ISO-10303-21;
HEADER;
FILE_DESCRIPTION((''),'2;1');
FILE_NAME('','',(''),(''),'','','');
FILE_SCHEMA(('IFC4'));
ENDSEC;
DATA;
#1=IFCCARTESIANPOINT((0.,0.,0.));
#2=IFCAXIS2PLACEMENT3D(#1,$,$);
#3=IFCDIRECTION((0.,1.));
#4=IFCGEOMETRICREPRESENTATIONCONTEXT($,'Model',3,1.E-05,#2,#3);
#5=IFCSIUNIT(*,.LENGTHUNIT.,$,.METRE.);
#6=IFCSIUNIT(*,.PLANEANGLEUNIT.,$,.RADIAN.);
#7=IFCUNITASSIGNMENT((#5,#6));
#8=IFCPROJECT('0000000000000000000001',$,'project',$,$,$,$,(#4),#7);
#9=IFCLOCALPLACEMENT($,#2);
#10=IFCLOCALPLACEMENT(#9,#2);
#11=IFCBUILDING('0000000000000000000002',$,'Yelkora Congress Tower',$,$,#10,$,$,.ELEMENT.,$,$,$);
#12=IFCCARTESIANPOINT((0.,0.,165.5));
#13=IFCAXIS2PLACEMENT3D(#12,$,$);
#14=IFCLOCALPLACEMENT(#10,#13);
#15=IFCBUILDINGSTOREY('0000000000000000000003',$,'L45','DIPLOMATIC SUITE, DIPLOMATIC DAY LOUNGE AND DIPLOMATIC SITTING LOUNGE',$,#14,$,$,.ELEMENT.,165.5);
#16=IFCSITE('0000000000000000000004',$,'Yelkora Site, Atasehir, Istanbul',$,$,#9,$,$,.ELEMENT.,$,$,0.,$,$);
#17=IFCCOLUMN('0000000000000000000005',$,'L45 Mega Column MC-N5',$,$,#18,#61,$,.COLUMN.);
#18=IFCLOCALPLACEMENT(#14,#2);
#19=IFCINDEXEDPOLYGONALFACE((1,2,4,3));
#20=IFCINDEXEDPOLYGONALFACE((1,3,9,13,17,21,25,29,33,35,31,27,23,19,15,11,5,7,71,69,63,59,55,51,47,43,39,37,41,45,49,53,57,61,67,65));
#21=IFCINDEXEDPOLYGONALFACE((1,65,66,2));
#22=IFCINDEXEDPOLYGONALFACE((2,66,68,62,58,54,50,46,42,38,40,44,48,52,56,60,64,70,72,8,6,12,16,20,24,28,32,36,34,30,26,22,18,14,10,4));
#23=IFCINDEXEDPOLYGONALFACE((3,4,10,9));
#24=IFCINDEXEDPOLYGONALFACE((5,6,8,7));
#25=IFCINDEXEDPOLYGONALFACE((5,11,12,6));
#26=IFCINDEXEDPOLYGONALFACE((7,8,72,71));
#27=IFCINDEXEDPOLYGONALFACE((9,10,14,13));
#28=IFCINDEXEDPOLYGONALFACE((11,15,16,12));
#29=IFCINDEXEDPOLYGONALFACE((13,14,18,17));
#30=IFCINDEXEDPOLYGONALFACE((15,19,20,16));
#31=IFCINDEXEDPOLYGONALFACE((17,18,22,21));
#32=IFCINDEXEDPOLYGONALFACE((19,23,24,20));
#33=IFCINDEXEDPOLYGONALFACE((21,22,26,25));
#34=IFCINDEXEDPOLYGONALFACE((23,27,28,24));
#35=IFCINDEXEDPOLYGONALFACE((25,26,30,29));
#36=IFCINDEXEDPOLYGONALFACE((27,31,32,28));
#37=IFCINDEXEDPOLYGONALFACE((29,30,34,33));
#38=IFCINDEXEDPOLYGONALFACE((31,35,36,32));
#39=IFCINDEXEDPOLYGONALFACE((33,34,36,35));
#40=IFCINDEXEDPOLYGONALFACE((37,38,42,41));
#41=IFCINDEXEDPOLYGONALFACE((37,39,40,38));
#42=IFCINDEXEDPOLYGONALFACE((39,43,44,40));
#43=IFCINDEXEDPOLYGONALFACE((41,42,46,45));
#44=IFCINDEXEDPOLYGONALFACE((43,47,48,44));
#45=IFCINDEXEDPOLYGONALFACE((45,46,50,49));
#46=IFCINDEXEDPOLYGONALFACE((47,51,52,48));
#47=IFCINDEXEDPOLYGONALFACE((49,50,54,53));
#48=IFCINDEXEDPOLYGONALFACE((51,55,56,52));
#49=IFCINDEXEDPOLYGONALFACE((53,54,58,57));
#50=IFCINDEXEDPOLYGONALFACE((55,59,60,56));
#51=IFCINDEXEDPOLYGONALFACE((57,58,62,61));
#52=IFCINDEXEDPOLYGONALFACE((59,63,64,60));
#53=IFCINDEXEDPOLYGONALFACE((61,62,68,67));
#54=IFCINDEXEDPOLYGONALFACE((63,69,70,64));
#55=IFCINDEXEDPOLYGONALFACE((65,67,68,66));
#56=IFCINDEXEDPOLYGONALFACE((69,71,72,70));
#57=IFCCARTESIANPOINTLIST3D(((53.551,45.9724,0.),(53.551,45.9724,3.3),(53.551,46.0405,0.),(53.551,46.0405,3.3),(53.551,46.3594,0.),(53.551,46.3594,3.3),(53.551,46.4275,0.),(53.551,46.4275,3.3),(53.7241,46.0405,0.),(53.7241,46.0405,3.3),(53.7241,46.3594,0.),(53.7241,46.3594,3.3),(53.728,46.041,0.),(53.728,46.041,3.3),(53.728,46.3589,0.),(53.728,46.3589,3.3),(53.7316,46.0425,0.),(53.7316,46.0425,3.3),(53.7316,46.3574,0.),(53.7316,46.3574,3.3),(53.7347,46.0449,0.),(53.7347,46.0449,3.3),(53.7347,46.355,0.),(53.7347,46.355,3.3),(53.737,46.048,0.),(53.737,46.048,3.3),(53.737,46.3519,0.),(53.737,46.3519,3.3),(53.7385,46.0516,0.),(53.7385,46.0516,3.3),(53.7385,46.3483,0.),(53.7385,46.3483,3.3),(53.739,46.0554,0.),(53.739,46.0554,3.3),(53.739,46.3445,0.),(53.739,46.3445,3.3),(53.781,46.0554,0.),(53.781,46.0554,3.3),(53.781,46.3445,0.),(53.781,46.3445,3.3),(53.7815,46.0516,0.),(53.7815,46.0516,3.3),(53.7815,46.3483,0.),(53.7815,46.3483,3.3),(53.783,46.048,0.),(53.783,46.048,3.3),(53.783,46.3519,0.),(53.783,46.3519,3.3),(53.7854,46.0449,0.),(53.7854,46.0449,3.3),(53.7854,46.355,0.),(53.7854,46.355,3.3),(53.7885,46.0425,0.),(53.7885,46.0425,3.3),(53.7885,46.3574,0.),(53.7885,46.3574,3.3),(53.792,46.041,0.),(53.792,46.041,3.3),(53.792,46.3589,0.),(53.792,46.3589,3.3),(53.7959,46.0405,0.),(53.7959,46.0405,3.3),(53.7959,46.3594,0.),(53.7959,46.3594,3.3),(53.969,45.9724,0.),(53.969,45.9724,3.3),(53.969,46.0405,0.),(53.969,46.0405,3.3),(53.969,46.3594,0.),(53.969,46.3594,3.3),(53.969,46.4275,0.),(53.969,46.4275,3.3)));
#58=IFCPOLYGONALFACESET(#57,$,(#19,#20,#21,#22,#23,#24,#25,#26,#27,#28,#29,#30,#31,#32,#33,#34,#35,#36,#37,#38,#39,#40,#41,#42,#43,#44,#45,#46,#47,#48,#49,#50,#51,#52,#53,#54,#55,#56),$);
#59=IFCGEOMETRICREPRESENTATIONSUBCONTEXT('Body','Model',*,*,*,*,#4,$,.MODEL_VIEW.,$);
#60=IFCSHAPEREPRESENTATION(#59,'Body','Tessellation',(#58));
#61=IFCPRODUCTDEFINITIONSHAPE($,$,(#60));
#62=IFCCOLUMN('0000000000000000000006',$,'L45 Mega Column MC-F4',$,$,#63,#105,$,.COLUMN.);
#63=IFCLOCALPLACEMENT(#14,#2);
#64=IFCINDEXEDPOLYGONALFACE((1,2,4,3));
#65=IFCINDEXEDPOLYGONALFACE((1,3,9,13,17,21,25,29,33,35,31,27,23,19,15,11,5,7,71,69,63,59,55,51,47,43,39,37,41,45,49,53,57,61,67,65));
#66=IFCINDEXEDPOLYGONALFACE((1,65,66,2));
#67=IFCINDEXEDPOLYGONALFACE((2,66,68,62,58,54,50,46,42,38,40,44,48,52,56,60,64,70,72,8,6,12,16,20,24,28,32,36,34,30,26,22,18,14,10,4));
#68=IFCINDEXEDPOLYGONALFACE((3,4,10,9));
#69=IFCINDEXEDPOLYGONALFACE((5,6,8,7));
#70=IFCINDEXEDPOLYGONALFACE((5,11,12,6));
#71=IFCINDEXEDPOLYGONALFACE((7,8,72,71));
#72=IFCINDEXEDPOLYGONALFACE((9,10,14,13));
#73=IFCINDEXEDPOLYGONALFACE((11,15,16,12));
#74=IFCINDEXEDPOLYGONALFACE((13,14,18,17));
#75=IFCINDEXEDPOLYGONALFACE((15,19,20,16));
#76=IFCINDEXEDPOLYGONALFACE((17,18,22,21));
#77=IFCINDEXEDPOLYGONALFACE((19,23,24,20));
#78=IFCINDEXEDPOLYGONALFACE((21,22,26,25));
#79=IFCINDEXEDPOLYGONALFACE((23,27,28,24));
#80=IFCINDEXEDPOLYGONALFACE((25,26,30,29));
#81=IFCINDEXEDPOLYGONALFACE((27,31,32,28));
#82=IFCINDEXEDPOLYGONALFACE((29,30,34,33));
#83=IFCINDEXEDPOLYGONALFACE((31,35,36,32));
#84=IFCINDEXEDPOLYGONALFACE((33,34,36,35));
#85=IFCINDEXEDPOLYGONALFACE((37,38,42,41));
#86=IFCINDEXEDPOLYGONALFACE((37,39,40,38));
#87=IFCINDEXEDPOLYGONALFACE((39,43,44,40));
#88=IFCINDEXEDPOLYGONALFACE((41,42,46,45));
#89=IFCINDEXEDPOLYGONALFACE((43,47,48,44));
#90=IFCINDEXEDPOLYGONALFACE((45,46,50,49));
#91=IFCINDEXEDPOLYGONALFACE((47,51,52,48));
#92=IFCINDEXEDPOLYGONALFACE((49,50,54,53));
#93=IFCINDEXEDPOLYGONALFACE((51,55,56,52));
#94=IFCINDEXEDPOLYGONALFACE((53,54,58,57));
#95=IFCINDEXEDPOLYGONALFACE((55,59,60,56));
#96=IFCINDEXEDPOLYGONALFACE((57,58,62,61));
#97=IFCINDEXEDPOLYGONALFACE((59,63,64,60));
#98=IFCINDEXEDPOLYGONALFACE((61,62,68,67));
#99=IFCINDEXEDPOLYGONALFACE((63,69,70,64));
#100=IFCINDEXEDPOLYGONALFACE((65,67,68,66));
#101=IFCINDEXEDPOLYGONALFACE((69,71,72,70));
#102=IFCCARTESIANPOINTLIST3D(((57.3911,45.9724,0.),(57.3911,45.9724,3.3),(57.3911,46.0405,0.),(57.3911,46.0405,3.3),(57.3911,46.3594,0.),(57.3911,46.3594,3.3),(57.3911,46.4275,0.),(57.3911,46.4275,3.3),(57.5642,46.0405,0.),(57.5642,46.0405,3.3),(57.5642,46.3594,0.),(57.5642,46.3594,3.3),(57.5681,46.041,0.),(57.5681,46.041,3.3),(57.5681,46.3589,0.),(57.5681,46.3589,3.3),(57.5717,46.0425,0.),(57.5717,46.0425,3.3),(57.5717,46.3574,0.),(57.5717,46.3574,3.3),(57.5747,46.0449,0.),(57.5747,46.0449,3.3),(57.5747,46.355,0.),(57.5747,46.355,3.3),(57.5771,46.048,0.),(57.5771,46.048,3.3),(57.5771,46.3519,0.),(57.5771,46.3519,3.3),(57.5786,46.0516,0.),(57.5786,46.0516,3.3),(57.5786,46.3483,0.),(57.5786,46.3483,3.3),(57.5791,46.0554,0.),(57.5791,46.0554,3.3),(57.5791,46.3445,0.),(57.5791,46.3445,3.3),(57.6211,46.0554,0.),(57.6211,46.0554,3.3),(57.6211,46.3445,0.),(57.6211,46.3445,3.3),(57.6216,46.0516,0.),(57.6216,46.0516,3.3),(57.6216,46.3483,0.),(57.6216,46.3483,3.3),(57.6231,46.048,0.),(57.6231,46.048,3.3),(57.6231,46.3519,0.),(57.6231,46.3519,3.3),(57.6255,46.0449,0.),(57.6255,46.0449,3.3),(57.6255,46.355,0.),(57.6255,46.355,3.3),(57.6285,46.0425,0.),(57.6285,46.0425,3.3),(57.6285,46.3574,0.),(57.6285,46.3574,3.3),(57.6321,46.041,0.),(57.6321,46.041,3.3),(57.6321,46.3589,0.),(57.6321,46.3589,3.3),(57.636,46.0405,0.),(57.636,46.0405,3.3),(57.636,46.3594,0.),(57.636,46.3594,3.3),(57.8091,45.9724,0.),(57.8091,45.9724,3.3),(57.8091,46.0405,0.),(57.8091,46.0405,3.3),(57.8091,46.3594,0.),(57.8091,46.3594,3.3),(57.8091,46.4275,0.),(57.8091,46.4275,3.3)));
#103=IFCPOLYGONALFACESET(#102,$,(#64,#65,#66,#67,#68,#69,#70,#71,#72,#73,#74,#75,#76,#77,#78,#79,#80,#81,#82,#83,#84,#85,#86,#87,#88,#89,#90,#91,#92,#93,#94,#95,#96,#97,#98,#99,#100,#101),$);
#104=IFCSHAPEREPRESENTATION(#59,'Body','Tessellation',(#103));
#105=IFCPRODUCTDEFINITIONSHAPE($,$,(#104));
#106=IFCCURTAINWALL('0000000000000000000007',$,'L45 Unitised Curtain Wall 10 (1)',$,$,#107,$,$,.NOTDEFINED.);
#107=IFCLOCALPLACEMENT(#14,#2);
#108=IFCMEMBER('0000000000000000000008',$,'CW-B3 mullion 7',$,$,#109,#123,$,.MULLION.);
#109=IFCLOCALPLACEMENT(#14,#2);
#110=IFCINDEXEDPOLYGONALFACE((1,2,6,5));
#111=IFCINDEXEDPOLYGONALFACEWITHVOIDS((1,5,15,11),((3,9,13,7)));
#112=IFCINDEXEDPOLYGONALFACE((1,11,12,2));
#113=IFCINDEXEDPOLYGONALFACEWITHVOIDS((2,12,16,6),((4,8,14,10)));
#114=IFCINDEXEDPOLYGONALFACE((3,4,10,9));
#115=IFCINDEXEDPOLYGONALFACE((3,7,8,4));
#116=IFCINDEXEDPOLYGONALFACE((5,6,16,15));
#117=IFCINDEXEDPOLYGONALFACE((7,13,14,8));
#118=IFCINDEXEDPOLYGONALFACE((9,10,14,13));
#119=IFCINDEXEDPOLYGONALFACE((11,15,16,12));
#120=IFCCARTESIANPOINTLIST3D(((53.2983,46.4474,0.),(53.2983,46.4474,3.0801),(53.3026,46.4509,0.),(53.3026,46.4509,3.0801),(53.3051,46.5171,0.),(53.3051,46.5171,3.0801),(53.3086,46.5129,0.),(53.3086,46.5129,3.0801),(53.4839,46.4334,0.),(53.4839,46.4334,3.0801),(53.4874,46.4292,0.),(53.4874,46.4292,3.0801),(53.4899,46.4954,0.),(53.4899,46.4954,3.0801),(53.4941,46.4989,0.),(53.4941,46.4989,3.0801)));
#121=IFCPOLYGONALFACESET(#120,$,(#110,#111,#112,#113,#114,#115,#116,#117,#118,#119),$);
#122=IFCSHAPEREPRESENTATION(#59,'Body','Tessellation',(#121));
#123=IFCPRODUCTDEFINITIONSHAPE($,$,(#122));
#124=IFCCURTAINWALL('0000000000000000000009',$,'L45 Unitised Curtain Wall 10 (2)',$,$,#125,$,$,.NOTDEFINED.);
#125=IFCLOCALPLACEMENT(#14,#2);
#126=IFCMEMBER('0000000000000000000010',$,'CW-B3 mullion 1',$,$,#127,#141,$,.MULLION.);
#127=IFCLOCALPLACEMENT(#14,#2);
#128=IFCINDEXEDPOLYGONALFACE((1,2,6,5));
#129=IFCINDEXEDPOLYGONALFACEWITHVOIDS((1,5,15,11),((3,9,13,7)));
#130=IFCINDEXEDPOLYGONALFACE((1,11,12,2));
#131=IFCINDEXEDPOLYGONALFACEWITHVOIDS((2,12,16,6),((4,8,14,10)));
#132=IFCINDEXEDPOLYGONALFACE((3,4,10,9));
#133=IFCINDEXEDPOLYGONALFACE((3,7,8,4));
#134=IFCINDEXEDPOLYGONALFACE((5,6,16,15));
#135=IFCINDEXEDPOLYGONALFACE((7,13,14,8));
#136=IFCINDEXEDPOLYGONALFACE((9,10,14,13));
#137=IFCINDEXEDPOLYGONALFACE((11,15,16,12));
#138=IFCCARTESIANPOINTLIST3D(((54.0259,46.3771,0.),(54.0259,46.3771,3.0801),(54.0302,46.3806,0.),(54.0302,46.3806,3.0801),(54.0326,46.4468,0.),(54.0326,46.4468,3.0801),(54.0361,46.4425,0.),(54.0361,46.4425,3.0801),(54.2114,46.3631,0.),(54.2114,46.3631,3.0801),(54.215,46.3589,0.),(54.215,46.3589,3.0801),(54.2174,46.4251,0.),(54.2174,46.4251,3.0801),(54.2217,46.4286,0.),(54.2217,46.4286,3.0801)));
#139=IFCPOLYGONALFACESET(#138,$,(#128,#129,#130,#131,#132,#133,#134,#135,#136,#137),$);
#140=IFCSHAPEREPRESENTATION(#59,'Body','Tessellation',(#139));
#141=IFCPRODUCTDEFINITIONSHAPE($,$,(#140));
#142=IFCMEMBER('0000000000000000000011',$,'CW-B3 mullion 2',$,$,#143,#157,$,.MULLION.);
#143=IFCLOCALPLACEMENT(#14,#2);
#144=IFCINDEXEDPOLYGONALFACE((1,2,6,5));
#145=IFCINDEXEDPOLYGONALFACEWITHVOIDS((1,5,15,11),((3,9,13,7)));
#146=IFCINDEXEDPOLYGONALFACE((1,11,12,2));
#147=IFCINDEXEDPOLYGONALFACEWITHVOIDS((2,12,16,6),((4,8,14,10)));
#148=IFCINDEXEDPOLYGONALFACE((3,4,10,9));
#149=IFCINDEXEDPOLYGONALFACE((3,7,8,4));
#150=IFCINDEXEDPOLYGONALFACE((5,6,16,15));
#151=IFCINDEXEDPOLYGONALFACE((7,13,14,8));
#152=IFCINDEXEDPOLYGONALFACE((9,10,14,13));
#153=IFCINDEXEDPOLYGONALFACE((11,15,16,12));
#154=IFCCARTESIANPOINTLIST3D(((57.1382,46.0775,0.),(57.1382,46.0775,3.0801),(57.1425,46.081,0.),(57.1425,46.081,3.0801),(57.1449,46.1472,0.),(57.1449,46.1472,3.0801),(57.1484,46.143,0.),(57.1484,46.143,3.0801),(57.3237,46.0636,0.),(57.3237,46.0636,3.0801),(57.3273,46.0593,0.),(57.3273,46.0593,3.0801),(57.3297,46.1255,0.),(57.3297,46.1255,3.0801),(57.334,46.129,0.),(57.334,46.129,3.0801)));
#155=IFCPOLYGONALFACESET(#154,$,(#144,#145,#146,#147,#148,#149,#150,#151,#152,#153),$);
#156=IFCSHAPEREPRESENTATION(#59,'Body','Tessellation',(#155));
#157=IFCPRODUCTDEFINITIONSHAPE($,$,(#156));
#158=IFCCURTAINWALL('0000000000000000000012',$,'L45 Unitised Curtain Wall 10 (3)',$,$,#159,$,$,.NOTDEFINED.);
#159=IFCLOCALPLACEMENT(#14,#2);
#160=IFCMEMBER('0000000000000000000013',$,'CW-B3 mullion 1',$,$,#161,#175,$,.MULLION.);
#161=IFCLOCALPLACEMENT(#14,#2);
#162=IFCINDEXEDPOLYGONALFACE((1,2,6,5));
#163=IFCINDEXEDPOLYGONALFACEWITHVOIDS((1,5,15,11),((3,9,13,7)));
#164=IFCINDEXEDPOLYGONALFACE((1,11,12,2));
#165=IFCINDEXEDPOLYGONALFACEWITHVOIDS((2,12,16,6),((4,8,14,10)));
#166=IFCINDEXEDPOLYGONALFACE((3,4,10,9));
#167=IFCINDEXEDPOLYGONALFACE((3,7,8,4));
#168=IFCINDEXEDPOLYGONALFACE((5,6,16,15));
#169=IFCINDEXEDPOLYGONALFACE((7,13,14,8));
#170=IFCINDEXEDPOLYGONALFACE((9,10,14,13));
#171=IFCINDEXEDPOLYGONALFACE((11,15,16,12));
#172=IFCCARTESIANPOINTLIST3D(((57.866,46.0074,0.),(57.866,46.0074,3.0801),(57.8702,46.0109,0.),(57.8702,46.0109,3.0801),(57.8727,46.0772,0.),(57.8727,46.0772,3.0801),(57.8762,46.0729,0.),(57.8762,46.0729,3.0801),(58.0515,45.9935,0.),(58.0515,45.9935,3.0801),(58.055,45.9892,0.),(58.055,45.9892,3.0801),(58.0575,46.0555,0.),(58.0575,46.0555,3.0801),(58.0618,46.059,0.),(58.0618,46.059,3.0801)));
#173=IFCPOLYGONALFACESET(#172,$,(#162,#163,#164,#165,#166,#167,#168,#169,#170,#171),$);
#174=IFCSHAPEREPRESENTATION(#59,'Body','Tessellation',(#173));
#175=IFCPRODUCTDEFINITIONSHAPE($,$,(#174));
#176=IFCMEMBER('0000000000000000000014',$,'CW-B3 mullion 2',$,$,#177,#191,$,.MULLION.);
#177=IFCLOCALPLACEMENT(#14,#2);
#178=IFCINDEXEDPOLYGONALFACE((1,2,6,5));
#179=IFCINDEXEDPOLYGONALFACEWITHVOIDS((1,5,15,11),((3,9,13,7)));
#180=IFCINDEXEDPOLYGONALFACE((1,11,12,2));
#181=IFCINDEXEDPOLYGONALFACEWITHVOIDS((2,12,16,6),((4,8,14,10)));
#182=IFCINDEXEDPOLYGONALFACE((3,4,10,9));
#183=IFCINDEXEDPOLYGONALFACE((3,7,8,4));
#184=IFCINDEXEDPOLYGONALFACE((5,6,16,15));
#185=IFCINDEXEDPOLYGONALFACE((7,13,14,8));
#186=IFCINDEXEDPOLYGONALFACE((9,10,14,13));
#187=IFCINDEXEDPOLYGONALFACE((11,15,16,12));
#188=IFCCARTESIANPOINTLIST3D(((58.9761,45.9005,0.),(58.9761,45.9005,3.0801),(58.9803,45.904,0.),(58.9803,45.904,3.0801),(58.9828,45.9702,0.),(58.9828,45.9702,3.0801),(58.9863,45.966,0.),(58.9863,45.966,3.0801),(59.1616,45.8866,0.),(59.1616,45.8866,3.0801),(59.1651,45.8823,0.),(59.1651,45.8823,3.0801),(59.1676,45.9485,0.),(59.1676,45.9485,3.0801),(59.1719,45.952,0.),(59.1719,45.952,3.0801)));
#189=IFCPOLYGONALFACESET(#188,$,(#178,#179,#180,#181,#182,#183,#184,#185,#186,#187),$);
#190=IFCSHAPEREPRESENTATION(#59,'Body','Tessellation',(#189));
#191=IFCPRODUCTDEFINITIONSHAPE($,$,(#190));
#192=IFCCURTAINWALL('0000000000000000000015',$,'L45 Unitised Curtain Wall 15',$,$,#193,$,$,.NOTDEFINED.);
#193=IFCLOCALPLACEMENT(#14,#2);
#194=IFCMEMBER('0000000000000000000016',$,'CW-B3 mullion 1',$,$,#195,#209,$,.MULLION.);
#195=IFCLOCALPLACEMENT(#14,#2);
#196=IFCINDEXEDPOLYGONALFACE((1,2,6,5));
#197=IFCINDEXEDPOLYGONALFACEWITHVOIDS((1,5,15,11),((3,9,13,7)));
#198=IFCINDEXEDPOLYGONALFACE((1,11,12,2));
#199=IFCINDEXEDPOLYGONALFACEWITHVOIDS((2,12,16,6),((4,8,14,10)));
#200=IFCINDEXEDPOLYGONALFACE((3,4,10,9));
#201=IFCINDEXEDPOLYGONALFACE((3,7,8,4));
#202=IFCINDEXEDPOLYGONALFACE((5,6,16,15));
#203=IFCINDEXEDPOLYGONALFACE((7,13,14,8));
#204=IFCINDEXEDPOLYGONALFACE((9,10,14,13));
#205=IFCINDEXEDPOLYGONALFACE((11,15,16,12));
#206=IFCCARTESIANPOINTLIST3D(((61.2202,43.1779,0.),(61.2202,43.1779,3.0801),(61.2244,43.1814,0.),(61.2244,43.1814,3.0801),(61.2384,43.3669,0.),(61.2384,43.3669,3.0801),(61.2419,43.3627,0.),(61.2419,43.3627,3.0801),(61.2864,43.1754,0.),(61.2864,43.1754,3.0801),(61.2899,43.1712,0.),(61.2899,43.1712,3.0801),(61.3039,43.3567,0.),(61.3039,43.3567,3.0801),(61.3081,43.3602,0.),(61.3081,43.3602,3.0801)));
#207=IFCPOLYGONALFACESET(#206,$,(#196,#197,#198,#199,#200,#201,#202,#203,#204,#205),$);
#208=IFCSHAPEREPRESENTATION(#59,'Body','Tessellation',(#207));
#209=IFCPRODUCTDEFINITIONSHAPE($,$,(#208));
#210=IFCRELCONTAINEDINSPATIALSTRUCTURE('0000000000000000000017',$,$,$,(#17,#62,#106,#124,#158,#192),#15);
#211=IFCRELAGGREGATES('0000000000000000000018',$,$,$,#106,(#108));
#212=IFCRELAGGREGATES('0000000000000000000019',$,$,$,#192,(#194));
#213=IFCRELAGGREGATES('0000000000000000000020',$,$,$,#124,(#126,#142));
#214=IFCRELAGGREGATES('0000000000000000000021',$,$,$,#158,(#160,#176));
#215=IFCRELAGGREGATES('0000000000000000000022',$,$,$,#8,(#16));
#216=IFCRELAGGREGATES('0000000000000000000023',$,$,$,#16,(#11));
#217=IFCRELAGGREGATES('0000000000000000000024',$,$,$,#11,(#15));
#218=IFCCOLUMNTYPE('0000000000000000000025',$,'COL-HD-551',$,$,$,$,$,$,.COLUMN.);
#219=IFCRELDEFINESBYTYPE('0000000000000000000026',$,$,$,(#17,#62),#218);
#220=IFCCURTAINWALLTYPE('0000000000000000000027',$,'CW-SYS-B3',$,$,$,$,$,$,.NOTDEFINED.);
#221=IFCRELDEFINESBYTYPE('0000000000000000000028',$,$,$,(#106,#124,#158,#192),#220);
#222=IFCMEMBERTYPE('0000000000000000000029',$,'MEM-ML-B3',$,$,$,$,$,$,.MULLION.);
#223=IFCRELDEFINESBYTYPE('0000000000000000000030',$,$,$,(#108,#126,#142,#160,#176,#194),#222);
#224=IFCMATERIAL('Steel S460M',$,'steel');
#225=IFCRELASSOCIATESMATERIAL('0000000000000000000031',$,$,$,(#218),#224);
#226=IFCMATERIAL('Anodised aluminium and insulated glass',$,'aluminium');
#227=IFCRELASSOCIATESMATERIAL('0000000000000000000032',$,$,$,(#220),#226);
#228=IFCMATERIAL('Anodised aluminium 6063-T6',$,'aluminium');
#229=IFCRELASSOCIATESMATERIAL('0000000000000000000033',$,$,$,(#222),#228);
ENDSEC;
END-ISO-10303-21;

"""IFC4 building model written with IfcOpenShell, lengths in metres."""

from ifc_helpers import new_model, si_unit, direction, frame, origin, origin_2d, place, context, subcontext, project, spatial, hollow_rectangle, i_section, extrude, material, material_profile, profile_set, type_object, element, aggregate, save


model = new_model("IFC4")

# Units and contexts
model_context = context("Model", 3, precision=1e-05, world=origin(), true_north=direction((0.0, 1.0)))
body_context = subcontext(model_context, "Body", "Model", "MODEL_VIEW")
ifc_project = project(units=[si_unit("LENGTHUNIT", "METRE"), si_unit("PLANEANGLEUNIT", "RADIAN")], contexts=[model_context])

# Site, building, storey
site_placement = place(None, origin())
site = spatial("IfcSite", under=ifc_project, at=site_placement, Name="Yelkora Site, Atasehir, Istanbul", CompositionType="ELEMENT", RefElevation=0.0)
building_placement = place(site_placement, origin())
building = spatial("IfcBuilding", under=site, at=building_placement, Name="Yelkora Congress Tower", CompositionType="ELEMENT")
storey_placement = place(building_placement, frame((0.0, 0.0, 165.5)))
storey = spatial("IfcBuildingStorey", under=building, at=storey_placement, Name="L45", Description="DIPLOMATIC SUITE, DIPLOMATIC DAY LOUNGE AND DIPLOMATIC SITTING LOUNGE", CompositionType="ELEMENT", Elevation=165.5)

# Columns
ifc_material_1 = material(Name="Steel S460M", Category="steel")
ifc_material_profile_1 = material_profile(ifc_material_1, i_section(OverallWidth=0.418, OverallDepth=0.4551, WebThickness=0.042, FlangeThickness=0.0681, FilletRadius=0.0149, at=origin_2d()), Name="HD 400x551")
ifc_profile_set_1 = profile_set([ifc_material_profile_1], Name="Steel S460M")
column_type = type_object("IfcColumnType", Name="COL-HD-551", PredefinedType="COLUMN", material=ifc_profile_set_1)
for number, where, z_axis, x_axis, name in (
    (1, (53.76, 46.2, 0.0), (0.0, 0.0, 1.0), (1.0, 0.0, 0.0), "L45 Mega Column MC-N5"),
    (2, (57.6001, 46.2, 0.0), (0.0, 0.0, 1.0), (1.0, 0.0, 0.0), "L45 Mega Column MC-F4"),
):
    element("IfcColumn", number, at=place(storey_placement, frame(where, z_axis=z_axis, x_axis=x_axis)), inside=storey, type_object=column_type, Name=name, PredefinedType="COLUMN", context=body_context, shape_type="SweptSolid", body=[
        extrude(i_section(OverallWidth=0.418, OverallDepth=0.4551, WebThickness=0.042, FlangeThickness=0.0681, FilletRadius=0.0149, at=origin_2d()), origin(), (0.0, 0.0, 1.0), 3.3),
    ])

# Curtain wall, member
ifc_material_2 = material(Name="Anodised aluminium and insulated glass", Category="aluminium")
curtain_wall_type = type_object("IfcCurtainWallType", Name="CW-SYS-B3", PredefinedType="NOTDEFINED", material=ifc_material_2)
curtain_wall_1_placement = place(storey_placement, origin())
curtain_wall_1 = element("IfcCurtainWall", 3, at=curtain_wall_1_placement, inside=storey, type_object=curtain_wall_type, Name="L45 Unitised Curtain Wall 10 (1)", PredefinedType="NOTDEFINED")
ifc_material_3 = material(Name="Anodised aluminium 6063-T6", Category="aluminium")
ifc_material_profile_2 = material_profile(ifc_material_3, hollow_rectangle(XDim=0.0701, YDim=0.1899, WallThickness=0.0039, at=origin_2d()), Name="ALU 70x190x4")
ifc_profile_set_2 = profile_set([ifc_material_profile_2], Name="Anodised aluminium 6063-T6")
member_type_1 = type_object("IfcMemberType", Name="MEM-ML-B3", PredefinedType="MULLION", material=ifc_profile_set_2)
member_1_placement = place(storey_placement, frame((53.3962, 46.4731, 0.0), z_axis=(0.0, 0.0, 1.0), x_axis=(0.095845, 0.995396, 0.0)))
member_1 = element("IfcMember", 4, at=member_1_placement, type_object=member_type_1, Name="CW-B3 mullion 7", PredefinedType="MULLION", context=body_context, shape_type="SweptSolid", body=[
    extrude(hollow_rectangle(XDim=0.0701, YDim=0.1899, WallThickness=0.0039, at=origin_2d()), origin(), (0.0, 0.0, 1.0), 3.0801),
])
aggregate(curtain_wall_1, [member_1])

# Curtain walls, members
curtain_wall_2_placement = place(storey_placement, origin())
curtain_wall_2 = element("IfcCurtainWall", 5, at=curtain_wall_2_placement, inside=storey, type_object=curtain_wall_type, Name="L45 Unitised Curtain Wall 10 (2)", PredefinedType="NOTDEFINED")
member_2_placement = place(storey_placement, frame((54.1238, 46.4028, 0.0), z_axis=(0.0, 0.0, 1.0), x_axis=(0.095848, 0.995396, 0.0)))
member_2 = element("IfcMember", 6, at=member_2_placement, type_object=member_type_1, Name="CW-B3 mullion 1", PredefinedType="MULLION", context=body_context, shape_type="SweptSolid", body=[
    extrude(hollow_rectangle(XDim=0.0701, YDim=0.1899, WallThickness=0.0039, at=origin_2d()), origin(), (0.0, 0.0, 1.0), 3.0801),
])
member_3_placement = place(storey_placement, frame((57.2361, 46.1033, 0.0), z_axis=(0.0, 0.0, 1.0), x_axis=(0.095848, 0.995396, 0.0)))
member_3 = element("IfcMember", 7, at=member_3_placement, type_object=member_type_1, Name="CW-B3 mullion 2", PredefinedType="MULLION", context=body_context, shape_type="SweptSolid", body=[
    extrude(hollow_rectangle(XDim=0.0701, YDim=0.1899, WallThickness=0.0039, at=origin_2d()), origin(), (0.0, 0.0, 1.0), 3.0801),
])
curtain_wall_3_placement = place(storey_placement, origin())
curtain_wall_3 = element("IfcCurtainWall", 8, at=curtain_wall_3_placement, inside=storey, type_object=curtain_wall_type, Name="L45 Unitised Curtain Wall 10 (3)", PredefinedType="NOTDEFINED")
member_4_placement = place(storey_placement, frame((57.9639, 46.0332, 0.0), z_axis=(0.0, 0.0, 1.0), x_axis=(0.095852, 0.995396, 0.0)))
member_4 = element("IfcMember", 9, at=member_4_placement, type_object=member_type_1, Name="CW-B3 mullion 1", PredefinedType="MULLION", context=body_context, shape_type="SweptSolid", body=[
    extrude(hollow_rectangle(XDim=0.0701, YDim=0.1899, WallThickness=0.0039, at=origin_2d()), origin(), (0.0, 0.0, 1.0), 3.0801),
])
member_5_placement = place(storey_placement, frame((59.074, 45.9263, 0.0), z_axis=(0.0, 0.0, 1.0), x_axis=(0.095852, 0.995396, 0.0)))
member_5 = element("IfcMember", 10, at=member_5_placement, type_object=member_type_1, Name="CW-B3 mullion 2", PredefinedType="MULLION", context=body_context, shape_type="SweptSolid", body=[
    extrude(hollow_rectangle(XDim=0.0701, YDim=0.1899, WallThickness=0.0039, at=origin_2d()), origin(), (0.0, 0.0, 1.0), 3.0801),
])

# Curtain wall, member
curtain_wall_4_placement = place(storey_placement, origin())
curtain_wall_4 = element("IfcCurtainWall", 11, at=curtain_wall_4_placement, inside=storey, type_object=curtain_wall_type, Name="L45 Unitised Curtain Wall 15", PredefinedType="NOTDEFINED")
member_6_placement = place(storey_placement, frame((61.2642, 43.269, 0.0), z_axis=(0.0, 0.0, 1.0), x_axis=(0.995397, -0.095842, 0.0)))
member_6 = element("IfcMember", 12, at=member_6_placement, type_object=member_type_1, Name="CW-B3 mullion 1", PredefinedType="MULLION", context=body_context, shape_type="SweptSolid", body=[
    extrude(hollow_rectangle(XDim=0.0701, YDim=0.1899, WallThickness=0.0039, at=origin_2d()), origin(), (0.0, 0.0, 1.0), 3.0801),
])

aggregate(curtain_wall_4, [member_6])

aggregate(curtain_wall_2, [member_2, member_3])
aggregate(curtain_wall_3, [member_4, member_5])

save(model, "model.ifc")
